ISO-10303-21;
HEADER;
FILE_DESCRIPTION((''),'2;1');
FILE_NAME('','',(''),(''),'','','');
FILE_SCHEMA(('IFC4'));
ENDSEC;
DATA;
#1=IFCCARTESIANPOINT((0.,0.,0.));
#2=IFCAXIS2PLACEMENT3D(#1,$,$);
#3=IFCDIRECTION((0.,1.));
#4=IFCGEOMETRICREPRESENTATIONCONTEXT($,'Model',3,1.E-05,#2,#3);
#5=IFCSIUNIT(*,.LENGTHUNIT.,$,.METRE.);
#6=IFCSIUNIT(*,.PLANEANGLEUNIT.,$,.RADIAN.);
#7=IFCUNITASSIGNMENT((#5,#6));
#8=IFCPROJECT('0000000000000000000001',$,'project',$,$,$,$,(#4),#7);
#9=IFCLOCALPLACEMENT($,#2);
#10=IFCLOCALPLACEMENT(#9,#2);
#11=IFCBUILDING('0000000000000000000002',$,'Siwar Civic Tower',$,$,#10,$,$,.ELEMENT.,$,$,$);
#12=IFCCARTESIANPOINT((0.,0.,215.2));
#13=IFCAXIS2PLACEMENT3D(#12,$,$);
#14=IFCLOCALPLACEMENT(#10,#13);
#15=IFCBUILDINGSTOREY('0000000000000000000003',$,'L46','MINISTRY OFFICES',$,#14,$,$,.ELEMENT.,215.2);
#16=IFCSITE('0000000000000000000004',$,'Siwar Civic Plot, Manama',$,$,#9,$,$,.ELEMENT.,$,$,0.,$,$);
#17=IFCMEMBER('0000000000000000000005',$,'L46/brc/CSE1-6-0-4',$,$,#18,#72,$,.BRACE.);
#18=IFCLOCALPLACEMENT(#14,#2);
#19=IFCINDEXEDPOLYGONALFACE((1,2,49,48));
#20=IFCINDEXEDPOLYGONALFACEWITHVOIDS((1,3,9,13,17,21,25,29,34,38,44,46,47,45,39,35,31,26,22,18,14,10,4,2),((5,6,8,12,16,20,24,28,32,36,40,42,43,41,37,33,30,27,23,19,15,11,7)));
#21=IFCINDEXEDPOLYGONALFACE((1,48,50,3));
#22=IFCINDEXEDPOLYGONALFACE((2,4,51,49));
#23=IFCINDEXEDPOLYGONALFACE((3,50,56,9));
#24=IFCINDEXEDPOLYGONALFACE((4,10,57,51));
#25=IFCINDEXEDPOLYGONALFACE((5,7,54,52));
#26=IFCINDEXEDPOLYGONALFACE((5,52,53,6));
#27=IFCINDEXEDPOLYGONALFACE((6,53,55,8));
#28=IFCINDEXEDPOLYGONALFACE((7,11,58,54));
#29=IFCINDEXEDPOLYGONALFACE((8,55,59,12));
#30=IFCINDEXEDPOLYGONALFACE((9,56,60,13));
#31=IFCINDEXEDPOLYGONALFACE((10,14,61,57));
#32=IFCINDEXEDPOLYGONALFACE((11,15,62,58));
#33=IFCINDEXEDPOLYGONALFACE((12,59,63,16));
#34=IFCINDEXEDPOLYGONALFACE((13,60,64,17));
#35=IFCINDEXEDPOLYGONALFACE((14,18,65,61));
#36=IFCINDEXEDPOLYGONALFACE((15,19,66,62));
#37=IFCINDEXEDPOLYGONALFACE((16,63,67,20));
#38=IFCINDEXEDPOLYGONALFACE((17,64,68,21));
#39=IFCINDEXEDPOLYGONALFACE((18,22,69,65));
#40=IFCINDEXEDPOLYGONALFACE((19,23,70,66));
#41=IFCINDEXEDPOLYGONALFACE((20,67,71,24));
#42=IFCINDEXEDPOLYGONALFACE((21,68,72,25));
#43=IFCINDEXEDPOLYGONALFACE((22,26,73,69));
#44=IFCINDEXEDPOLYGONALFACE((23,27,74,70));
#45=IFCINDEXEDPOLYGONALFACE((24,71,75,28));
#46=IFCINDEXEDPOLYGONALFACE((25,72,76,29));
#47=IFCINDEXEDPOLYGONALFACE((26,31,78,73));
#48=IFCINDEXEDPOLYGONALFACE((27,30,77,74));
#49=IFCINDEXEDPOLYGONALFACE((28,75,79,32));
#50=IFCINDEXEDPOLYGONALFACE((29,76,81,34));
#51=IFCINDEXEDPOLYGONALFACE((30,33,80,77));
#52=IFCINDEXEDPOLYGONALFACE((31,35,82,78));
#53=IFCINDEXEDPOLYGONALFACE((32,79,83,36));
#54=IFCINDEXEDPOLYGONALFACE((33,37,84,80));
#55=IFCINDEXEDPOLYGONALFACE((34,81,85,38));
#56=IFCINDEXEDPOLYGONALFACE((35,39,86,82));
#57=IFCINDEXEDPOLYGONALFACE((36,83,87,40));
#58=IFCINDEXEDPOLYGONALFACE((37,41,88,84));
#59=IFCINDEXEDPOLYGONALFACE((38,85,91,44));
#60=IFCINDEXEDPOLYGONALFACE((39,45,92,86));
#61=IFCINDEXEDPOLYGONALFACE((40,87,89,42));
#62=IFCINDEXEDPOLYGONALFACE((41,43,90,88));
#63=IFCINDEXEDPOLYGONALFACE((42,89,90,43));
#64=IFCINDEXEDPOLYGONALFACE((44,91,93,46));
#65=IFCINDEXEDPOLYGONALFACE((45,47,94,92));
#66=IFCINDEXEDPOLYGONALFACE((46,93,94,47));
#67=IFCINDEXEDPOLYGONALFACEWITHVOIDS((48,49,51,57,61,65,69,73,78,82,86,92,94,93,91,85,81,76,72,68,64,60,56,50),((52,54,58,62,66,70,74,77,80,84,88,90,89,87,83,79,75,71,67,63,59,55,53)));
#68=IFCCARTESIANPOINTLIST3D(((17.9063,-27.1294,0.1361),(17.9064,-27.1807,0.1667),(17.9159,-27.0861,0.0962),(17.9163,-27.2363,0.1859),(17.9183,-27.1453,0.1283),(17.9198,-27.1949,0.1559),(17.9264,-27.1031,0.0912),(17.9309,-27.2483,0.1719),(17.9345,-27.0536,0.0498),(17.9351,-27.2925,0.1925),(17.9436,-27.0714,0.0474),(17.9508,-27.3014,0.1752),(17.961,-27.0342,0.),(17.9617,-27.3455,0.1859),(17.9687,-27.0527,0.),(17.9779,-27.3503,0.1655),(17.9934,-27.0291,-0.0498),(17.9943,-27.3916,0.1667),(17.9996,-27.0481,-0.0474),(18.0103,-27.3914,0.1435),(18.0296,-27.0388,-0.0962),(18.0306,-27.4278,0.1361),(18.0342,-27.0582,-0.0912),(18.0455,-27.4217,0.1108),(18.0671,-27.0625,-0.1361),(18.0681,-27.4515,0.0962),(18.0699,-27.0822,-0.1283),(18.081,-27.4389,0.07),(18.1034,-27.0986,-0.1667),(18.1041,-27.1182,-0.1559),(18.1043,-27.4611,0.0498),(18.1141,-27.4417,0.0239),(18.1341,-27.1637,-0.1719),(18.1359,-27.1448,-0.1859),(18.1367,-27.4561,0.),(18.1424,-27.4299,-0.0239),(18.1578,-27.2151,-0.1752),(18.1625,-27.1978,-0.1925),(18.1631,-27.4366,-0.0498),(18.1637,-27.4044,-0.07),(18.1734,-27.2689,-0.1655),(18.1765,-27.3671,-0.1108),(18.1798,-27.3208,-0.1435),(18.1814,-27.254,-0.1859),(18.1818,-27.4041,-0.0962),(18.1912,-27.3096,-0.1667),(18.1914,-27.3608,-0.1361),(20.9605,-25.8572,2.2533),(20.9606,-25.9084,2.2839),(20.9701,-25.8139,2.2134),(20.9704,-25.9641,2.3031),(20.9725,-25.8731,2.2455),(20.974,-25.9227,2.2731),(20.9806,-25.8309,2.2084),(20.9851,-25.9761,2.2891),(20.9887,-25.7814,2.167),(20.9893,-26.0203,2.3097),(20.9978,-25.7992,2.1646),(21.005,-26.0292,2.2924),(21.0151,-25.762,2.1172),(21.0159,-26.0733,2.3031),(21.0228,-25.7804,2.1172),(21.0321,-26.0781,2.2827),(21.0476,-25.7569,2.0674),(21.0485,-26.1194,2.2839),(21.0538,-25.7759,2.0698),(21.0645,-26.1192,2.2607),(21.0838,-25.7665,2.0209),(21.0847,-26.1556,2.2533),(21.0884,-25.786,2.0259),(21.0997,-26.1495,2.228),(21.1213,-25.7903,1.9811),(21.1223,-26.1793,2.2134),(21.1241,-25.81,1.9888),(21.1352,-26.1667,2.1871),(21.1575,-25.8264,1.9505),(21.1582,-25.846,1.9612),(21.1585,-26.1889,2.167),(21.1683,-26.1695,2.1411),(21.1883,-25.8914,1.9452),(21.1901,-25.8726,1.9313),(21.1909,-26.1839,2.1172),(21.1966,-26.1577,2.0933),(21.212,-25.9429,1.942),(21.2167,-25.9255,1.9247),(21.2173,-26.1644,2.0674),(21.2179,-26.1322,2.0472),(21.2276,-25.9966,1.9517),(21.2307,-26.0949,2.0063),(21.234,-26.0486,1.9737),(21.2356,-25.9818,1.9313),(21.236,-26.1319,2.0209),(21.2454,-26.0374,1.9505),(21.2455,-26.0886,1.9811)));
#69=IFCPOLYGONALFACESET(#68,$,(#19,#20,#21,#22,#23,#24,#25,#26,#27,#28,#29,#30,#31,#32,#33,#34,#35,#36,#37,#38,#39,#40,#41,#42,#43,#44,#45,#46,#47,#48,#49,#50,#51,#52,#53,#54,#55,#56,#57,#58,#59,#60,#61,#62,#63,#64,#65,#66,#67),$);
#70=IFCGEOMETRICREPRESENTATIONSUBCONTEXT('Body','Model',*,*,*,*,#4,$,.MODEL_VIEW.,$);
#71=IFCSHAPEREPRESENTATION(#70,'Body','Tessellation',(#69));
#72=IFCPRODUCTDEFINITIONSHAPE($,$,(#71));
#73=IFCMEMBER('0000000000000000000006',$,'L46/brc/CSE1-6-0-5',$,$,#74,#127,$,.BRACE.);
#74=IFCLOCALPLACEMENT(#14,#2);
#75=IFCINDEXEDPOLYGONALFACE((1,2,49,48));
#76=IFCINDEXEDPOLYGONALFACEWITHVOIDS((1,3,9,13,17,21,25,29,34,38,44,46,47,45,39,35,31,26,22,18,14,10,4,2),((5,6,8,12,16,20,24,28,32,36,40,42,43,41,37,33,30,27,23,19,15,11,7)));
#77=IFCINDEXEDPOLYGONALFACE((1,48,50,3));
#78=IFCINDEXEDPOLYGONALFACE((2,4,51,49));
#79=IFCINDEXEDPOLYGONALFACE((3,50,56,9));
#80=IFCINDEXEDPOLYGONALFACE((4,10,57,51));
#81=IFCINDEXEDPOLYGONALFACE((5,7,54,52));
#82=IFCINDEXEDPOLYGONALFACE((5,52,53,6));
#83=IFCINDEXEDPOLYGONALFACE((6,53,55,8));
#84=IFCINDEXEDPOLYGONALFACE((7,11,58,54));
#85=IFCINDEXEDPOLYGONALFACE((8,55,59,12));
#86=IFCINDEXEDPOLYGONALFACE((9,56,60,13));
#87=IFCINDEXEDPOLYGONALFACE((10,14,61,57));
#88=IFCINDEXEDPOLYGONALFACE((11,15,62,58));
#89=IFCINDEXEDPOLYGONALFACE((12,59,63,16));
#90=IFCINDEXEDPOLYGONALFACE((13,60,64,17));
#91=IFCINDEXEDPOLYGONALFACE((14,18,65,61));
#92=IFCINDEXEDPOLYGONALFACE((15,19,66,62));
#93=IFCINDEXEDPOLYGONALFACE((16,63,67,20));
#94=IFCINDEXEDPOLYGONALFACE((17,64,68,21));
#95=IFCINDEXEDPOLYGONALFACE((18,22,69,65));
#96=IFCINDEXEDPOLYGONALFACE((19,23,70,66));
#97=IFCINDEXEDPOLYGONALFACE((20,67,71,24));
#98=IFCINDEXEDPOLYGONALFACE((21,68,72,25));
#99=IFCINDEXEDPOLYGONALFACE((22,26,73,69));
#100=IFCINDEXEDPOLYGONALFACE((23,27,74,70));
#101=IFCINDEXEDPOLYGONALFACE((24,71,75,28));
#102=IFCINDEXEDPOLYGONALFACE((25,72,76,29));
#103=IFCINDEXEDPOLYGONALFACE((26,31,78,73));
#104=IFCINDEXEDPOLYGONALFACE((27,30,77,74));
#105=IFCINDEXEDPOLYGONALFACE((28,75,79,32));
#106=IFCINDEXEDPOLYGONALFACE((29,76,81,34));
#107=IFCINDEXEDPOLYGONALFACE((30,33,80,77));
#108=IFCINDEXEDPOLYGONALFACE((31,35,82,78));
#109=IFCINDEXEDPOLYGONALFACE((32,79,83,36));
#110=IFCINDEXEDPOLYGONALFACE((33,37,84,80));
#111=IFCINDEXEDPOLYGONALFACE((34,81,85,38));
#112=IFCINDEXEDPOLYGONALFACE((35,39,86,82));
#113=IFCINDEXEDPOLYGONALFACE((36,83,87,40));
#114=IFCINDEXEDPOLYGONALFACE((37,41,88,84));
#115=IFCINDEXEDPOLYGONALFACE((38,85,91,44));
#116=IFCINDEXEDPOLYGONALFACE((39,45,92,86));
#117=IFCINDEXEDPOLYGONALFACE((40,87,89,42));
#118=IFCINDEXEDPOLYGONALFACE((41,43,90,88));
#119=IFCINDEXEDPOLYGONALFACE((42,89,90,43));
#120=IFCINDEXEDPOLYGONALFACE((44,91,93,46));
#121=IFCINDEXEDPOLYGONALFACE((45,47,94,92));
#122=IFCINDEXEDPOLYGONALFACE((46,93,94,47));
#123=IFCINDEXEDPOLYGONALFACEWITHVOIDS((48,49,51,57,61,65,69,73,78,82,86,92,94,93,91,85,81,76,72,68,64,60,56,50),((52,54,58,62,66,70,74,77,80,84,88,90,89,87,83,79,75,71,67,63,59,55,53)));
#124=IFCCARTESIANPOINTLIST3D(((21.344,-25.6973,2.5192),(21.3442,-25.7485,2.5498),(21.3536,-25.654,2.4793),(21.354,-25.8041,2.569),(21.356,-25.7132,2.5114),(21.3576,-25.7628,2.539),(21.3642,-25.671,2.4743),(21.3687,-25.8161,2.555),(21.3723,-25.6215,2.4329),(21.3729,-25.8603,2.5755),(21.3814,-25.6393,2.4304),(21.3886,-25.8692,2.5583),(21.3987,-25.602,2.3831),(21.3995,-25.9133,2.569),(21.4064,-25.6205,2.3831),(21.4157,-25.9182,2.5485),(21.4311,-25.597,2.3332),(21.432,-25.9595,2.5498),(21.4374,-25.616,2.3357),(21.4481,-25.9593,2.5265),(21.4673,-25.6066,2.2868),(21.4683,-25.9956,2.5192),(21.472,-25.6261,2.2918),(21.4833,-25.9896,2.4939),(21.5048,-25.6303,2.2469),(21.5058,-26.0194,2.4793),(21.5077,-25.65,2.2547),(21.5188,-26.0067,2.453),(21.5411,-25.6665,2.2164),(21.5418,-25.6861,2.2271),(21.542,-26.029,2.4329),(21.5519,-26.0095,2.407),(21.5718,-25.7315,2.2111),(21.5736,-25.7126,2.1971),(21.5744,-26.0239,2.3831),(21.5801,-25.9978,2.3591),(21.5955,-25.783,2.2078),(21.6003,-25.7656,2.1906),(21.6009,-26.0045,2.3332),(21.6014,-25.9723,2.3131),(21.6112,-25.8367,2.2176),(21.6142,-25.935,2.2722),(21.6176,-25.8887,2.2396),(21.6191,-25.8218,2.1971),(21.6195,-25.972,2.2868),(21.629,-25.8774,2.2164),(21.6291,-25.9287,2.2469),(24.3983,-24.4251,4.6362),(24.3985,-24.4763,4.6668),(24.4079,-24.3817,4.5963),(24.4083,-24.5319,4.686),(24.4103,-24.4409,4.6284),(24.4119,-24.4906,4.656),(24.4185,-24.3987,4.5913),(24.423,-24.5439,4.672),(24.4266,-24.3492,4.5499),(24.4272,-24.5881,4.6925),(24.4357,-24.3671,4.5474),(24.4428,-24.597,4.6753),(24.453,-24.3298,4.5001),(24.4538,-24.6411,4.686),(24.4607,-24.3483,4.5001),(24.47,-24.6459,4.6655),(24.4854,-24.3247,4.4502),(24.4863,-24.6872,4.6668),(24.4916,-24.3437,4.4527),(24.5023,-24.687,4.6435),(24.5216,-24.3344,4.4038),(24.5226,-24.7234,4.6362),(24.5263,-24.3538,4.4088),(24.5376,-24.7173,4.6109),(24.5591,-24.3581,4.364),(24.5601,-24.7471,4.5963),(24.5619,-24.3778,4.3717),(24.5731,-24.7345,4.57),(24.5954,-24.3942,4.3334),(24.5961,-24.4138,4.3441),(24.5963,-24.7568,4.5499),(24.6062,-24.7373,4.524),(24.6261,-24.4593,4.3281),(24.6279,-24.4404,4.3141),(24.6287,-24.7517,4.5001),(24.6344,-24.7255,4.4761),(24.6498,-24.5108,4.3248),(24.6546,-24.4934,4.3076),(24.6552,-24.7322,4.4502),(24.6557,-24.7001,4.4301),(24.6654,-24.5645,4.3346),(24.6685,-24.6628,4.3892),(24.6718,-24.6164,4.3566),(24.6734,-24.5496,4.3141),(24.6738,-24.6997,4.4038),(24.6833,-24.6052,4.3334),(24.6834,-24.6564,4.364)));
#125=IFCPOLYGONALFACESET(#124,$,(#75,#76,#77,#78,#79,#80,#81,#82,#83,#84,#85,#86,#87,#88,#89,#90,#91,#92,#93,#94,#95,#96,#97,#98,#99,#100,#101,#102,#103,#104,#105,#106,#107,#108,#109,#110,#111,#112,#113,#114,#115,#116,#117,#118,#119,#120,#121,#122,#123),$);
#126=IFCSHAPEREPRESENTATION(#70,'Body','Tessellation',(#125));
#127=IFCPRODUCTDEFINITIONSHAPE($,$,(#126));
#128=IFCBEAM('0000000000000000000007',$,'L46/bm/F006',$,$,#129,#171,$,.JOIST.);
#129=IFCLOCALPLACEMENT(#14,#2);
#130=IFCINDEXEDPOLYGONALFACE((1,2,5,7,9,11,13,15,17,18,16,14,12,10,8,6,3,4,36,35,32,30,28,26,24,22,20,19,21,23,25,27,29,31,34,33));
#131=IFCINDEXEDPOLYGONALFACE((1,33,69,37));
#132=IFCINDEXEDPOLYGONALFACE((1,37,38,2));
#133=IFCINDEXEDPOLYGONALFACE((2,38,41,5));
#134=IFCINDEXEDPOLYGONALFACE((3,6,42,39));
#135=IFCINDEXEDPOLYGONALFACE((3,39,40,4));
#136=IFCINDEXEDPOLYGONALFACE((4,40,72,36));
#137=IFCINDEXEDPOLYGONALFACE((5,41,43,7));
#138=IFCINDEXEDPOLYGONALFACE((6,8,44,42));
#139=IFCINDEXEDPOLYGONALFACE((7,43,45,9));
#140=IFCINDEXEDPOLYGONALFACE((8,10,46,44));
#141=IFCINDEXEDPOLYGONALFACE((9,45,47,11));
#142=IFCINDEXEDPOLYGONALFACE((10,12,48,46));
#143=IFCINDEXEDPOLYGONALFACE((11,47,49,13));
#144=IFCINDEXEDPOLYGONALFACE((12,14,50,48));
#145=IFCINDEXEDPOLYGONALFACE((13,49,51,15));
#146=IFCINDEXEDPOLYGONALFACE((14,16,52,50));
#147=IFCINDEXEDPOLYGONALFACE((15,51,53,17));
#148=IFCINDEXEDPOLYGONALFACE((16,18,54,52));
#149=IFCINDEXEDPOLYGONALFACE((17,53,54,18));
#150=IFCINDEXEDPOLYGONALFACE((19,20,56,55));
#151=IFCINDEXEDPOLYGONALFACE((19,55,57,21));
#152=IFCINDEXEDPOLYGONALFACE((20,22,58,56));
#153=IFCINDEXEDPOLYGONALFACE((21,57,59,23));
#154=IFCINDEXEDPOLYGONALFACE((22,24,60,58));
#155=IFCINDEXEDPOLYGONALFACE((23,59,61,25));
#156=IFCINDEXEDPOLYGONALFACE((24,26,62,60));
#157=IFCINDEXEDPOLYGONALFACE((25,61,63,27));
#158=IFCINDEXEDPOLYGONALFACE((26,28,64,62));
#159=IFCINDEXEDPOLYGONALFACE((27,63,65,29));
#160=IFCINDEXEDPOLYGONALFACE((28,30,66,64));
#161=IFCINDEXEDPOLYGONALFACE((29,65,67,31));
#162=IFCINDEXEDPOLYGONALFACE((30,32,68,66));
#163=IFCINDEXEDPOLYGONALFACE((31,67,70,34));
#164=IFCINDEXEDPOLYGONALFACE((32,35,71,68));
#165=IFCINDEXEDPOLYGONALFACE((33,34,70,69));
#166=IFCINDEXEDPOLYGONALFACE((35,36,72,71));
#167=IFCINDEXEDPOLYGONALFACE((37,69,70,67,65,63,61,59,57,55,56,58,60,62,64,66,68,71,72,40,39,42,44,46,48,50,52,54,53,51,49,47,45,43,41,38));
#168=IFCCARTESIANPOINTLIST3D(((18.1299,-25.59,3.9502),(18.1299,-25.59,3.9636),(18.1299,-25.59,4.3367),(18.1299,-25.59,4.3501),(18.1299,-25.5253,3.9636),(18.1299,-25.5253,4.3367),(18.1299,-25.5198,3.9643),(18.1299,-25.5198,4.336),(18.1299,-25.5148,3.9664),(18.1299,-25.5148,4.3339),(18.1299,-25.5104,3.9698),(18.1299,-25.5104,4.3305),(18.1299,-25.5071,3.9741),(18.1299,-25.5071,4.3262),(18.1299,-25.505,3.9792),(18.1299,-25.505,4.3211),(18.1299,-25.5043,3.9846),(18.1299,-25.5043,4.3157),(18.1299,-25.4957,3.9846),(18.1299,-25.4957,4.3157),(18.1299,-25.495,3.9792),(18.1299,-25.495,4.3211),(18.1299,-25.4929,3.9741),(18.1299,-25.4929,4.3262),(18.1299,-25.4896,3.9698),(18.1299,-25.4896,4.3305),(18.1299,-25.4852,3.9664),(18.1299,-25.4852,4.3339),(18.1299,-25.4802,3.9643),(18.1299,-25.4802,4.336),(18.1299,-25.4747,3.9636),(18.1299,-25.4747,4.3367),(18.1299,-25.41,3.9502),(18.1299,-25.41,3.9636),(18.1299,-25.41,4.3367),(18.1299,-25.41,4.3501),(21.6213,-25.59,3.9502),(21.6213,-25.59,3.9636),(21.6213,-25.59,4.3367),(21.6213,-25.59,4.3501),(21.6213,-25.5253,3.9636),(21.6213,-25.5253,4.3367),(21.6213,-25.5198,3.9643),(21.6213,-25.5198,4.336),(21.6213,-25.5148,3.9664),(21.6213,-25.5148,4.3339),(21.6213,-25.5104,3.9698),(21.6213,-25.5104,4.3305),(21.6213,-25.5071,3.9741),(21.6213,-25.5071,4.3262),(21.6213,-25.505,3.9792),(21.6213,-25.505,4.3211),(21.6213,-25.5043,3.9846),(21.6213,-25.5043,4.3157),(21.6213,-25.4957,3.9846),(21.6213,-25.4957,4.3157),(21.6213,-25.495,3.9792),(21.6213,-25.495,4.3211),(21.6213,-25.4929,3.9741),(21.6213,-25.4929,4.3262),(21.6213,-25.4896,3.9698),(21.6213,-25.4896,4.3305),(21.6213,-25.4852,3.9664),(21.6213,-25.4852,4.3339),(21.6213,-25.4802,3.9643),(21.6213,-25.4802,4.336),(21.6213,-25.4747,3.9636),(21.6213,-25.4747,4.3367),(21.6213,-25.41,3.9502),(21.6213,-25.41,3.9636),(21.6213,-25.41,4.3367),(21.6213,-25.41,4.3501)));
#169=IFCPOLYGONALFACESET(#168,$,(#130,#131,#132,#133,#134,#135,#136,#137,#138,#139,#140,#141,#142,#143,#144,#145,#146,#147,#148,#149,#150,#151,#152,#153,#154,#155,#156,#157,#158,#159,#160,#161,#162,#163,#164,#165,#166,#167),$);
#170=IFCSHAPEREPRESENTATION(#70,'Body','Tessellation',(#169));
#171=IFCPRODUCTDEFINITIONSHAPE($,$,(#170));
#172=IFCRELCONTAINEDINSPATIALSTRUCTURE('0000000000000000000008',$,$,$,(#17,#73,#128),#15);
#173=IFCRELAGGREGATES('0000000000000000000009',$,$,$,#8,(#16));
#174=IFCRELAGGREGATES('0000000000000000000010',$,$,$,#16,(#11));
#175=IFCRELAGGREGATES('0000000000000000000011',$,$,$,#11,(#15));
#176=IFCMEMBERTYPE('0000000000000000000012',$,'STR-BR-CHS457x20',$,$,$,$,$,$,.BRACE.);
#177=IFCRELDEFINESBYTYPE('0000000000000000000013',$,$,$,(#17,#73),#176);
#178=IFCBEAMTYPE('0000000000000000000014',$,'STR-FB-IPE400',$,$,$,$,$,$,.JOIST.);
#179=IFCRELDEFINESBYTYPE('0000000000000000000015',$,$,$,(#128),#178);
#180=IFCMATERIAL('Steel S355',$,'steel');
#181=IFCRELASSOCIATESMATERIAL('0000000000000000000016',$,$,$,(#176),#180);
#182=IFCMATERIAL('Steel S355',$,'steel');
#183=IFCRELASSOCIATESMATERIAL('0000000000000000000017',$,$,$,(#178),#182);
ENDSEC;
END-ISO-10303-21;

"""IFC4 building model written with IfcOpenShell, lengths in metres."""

from ifc_helpers import new_model, si_unit, direction, frame, origin, origin_2d, place, context, subcontext, project, spatial, hollow_circle, i_section, extrude, material, material_profile, profile_set, type_object, element, save


model = new_model("IFC4")

# Units and contexts
model_context = context("Model", 3, precision=1e-05, world=origin(), true_north=direction((0.0, 1.0)))
body_context = subcontext(model_context, "Body", "Model", "MODEL_VIEW")
ifc_project = project(units=[si_unit("LENGTHUNIT", "METRE"), si_unit("PLANEANGLEUNIT", "RADIAN")], contexts=[model_context])

# Site, building, storey
site_placement = place(None, origin())
site = spatial("IfcSite", under=ifc_project, at=site_placement, Name="Siwar Civic Plot, Manama", CompositionType="ELEMENT", RefElevation=0.0)
building_placement = place(site_placement, origin())
building = spatial("IfcBuilding", under=site, at=building_placement, Name="Siwar Civic Tower", CompositionType="ELEMENT")
storey_placement = place(building_placement, frame((0.0, 0.0, 215.2)))
storey = spatial("IfcBuildingStorey", under=building, at=storey_placement, Name="L46", Description="MINISTRY OFFICES", CompositionType="ELEMENT", Elevation=215.2)

# Members
ifc_material_1 = material(Name="Steel S355", Category="steel")
ifc_material_profile_1 = material_profile(ifc_material_1, hollow_circle(Radius=0.2285, WallThickness=0.02, at=origin_2d()), Name="CHS457x20")
ifc_profile_set_1 = profile_set([ifc_material_profile_1], Name="Steel S355")
member_type_1 = type_object("IfcMemberType", Name="STR-BR-CHS457x20", PredefinedType="BRACE", material=ifc_profile_set_1)
for number, where, z_axis, x_axis, name in (
    (1, (18.0488, -27.2451, 0.0), (0.777546, 0.323884, 0.538999), (-0.384521, 0.923116, 0.0), "L46/brc/CSE1-6-0-4"),
    (2, (21.4866, -25.813, 2.3831), (0.777572, 0.323895, 0.538955), (-0.384521, 0.923116, 0.0), "L46/brc/CSE1-6-0-5"),
):
    element("IfcMember", number, at=place(storey_placement, frame(where, z_axis=z_axis, x_axis=x_axis)), inside=storey, type_object=member_type_1, Name=name, PredefinedType="BRACE", context=body_context, shape_type="SweptSolid", body=[
        extrude(hollow_circle(Radius=0.2285, WallThickness=0.02, at=origin_2d()), origin(), (0.0, 0.0, 1.0), 3.928),
    ])

# Beam
ifc_material_2 = material(Name="Steel S355", Category="steel")
ifc_material_profile_2 = material_profile(ifc_material_2, i_section(OverallWidth=0.1799, OverallDepth=0.3999, WebThickness=0.0085, FlangeThickness=0.0134, FilletRadius=0.021, at=origin_2d()), Name="IPE400")
ifc_profile_set_2 = profile_set([ifc_material_profile_2], Name="Steel S355")
beam_type_1 = type_object("IfcBeamType", Name="STR-FB-IPE400", PredefinedType="JOIST", material=ifc_profile_set_2)
beam_1_placement = place(storey_placement, frame((18.1299, -25.5, 4.1501), z_axis=(1.0, 0.0, 0.0), x_axis=(0.0, 1.0, 0.0)))
element("IfcBeam", 3, at=beam_1_placement, inside=storey, type_object=beam_type_1, Name="L46/bm/F006", PredefinedType="JOIST", context=body_context, shape_type="SweptSolid", body=[
    extrude(i_section(OverallWidth=0.1799, OverallDepth=0.3999, WebThickness=0.0085, FlangeThickness=0.0134, FilletRadius=0.021, at=origin_2d()), origin(), (0.0, 0.0, 1.0), 3.4915),
])

save(model, "model.ifc")
